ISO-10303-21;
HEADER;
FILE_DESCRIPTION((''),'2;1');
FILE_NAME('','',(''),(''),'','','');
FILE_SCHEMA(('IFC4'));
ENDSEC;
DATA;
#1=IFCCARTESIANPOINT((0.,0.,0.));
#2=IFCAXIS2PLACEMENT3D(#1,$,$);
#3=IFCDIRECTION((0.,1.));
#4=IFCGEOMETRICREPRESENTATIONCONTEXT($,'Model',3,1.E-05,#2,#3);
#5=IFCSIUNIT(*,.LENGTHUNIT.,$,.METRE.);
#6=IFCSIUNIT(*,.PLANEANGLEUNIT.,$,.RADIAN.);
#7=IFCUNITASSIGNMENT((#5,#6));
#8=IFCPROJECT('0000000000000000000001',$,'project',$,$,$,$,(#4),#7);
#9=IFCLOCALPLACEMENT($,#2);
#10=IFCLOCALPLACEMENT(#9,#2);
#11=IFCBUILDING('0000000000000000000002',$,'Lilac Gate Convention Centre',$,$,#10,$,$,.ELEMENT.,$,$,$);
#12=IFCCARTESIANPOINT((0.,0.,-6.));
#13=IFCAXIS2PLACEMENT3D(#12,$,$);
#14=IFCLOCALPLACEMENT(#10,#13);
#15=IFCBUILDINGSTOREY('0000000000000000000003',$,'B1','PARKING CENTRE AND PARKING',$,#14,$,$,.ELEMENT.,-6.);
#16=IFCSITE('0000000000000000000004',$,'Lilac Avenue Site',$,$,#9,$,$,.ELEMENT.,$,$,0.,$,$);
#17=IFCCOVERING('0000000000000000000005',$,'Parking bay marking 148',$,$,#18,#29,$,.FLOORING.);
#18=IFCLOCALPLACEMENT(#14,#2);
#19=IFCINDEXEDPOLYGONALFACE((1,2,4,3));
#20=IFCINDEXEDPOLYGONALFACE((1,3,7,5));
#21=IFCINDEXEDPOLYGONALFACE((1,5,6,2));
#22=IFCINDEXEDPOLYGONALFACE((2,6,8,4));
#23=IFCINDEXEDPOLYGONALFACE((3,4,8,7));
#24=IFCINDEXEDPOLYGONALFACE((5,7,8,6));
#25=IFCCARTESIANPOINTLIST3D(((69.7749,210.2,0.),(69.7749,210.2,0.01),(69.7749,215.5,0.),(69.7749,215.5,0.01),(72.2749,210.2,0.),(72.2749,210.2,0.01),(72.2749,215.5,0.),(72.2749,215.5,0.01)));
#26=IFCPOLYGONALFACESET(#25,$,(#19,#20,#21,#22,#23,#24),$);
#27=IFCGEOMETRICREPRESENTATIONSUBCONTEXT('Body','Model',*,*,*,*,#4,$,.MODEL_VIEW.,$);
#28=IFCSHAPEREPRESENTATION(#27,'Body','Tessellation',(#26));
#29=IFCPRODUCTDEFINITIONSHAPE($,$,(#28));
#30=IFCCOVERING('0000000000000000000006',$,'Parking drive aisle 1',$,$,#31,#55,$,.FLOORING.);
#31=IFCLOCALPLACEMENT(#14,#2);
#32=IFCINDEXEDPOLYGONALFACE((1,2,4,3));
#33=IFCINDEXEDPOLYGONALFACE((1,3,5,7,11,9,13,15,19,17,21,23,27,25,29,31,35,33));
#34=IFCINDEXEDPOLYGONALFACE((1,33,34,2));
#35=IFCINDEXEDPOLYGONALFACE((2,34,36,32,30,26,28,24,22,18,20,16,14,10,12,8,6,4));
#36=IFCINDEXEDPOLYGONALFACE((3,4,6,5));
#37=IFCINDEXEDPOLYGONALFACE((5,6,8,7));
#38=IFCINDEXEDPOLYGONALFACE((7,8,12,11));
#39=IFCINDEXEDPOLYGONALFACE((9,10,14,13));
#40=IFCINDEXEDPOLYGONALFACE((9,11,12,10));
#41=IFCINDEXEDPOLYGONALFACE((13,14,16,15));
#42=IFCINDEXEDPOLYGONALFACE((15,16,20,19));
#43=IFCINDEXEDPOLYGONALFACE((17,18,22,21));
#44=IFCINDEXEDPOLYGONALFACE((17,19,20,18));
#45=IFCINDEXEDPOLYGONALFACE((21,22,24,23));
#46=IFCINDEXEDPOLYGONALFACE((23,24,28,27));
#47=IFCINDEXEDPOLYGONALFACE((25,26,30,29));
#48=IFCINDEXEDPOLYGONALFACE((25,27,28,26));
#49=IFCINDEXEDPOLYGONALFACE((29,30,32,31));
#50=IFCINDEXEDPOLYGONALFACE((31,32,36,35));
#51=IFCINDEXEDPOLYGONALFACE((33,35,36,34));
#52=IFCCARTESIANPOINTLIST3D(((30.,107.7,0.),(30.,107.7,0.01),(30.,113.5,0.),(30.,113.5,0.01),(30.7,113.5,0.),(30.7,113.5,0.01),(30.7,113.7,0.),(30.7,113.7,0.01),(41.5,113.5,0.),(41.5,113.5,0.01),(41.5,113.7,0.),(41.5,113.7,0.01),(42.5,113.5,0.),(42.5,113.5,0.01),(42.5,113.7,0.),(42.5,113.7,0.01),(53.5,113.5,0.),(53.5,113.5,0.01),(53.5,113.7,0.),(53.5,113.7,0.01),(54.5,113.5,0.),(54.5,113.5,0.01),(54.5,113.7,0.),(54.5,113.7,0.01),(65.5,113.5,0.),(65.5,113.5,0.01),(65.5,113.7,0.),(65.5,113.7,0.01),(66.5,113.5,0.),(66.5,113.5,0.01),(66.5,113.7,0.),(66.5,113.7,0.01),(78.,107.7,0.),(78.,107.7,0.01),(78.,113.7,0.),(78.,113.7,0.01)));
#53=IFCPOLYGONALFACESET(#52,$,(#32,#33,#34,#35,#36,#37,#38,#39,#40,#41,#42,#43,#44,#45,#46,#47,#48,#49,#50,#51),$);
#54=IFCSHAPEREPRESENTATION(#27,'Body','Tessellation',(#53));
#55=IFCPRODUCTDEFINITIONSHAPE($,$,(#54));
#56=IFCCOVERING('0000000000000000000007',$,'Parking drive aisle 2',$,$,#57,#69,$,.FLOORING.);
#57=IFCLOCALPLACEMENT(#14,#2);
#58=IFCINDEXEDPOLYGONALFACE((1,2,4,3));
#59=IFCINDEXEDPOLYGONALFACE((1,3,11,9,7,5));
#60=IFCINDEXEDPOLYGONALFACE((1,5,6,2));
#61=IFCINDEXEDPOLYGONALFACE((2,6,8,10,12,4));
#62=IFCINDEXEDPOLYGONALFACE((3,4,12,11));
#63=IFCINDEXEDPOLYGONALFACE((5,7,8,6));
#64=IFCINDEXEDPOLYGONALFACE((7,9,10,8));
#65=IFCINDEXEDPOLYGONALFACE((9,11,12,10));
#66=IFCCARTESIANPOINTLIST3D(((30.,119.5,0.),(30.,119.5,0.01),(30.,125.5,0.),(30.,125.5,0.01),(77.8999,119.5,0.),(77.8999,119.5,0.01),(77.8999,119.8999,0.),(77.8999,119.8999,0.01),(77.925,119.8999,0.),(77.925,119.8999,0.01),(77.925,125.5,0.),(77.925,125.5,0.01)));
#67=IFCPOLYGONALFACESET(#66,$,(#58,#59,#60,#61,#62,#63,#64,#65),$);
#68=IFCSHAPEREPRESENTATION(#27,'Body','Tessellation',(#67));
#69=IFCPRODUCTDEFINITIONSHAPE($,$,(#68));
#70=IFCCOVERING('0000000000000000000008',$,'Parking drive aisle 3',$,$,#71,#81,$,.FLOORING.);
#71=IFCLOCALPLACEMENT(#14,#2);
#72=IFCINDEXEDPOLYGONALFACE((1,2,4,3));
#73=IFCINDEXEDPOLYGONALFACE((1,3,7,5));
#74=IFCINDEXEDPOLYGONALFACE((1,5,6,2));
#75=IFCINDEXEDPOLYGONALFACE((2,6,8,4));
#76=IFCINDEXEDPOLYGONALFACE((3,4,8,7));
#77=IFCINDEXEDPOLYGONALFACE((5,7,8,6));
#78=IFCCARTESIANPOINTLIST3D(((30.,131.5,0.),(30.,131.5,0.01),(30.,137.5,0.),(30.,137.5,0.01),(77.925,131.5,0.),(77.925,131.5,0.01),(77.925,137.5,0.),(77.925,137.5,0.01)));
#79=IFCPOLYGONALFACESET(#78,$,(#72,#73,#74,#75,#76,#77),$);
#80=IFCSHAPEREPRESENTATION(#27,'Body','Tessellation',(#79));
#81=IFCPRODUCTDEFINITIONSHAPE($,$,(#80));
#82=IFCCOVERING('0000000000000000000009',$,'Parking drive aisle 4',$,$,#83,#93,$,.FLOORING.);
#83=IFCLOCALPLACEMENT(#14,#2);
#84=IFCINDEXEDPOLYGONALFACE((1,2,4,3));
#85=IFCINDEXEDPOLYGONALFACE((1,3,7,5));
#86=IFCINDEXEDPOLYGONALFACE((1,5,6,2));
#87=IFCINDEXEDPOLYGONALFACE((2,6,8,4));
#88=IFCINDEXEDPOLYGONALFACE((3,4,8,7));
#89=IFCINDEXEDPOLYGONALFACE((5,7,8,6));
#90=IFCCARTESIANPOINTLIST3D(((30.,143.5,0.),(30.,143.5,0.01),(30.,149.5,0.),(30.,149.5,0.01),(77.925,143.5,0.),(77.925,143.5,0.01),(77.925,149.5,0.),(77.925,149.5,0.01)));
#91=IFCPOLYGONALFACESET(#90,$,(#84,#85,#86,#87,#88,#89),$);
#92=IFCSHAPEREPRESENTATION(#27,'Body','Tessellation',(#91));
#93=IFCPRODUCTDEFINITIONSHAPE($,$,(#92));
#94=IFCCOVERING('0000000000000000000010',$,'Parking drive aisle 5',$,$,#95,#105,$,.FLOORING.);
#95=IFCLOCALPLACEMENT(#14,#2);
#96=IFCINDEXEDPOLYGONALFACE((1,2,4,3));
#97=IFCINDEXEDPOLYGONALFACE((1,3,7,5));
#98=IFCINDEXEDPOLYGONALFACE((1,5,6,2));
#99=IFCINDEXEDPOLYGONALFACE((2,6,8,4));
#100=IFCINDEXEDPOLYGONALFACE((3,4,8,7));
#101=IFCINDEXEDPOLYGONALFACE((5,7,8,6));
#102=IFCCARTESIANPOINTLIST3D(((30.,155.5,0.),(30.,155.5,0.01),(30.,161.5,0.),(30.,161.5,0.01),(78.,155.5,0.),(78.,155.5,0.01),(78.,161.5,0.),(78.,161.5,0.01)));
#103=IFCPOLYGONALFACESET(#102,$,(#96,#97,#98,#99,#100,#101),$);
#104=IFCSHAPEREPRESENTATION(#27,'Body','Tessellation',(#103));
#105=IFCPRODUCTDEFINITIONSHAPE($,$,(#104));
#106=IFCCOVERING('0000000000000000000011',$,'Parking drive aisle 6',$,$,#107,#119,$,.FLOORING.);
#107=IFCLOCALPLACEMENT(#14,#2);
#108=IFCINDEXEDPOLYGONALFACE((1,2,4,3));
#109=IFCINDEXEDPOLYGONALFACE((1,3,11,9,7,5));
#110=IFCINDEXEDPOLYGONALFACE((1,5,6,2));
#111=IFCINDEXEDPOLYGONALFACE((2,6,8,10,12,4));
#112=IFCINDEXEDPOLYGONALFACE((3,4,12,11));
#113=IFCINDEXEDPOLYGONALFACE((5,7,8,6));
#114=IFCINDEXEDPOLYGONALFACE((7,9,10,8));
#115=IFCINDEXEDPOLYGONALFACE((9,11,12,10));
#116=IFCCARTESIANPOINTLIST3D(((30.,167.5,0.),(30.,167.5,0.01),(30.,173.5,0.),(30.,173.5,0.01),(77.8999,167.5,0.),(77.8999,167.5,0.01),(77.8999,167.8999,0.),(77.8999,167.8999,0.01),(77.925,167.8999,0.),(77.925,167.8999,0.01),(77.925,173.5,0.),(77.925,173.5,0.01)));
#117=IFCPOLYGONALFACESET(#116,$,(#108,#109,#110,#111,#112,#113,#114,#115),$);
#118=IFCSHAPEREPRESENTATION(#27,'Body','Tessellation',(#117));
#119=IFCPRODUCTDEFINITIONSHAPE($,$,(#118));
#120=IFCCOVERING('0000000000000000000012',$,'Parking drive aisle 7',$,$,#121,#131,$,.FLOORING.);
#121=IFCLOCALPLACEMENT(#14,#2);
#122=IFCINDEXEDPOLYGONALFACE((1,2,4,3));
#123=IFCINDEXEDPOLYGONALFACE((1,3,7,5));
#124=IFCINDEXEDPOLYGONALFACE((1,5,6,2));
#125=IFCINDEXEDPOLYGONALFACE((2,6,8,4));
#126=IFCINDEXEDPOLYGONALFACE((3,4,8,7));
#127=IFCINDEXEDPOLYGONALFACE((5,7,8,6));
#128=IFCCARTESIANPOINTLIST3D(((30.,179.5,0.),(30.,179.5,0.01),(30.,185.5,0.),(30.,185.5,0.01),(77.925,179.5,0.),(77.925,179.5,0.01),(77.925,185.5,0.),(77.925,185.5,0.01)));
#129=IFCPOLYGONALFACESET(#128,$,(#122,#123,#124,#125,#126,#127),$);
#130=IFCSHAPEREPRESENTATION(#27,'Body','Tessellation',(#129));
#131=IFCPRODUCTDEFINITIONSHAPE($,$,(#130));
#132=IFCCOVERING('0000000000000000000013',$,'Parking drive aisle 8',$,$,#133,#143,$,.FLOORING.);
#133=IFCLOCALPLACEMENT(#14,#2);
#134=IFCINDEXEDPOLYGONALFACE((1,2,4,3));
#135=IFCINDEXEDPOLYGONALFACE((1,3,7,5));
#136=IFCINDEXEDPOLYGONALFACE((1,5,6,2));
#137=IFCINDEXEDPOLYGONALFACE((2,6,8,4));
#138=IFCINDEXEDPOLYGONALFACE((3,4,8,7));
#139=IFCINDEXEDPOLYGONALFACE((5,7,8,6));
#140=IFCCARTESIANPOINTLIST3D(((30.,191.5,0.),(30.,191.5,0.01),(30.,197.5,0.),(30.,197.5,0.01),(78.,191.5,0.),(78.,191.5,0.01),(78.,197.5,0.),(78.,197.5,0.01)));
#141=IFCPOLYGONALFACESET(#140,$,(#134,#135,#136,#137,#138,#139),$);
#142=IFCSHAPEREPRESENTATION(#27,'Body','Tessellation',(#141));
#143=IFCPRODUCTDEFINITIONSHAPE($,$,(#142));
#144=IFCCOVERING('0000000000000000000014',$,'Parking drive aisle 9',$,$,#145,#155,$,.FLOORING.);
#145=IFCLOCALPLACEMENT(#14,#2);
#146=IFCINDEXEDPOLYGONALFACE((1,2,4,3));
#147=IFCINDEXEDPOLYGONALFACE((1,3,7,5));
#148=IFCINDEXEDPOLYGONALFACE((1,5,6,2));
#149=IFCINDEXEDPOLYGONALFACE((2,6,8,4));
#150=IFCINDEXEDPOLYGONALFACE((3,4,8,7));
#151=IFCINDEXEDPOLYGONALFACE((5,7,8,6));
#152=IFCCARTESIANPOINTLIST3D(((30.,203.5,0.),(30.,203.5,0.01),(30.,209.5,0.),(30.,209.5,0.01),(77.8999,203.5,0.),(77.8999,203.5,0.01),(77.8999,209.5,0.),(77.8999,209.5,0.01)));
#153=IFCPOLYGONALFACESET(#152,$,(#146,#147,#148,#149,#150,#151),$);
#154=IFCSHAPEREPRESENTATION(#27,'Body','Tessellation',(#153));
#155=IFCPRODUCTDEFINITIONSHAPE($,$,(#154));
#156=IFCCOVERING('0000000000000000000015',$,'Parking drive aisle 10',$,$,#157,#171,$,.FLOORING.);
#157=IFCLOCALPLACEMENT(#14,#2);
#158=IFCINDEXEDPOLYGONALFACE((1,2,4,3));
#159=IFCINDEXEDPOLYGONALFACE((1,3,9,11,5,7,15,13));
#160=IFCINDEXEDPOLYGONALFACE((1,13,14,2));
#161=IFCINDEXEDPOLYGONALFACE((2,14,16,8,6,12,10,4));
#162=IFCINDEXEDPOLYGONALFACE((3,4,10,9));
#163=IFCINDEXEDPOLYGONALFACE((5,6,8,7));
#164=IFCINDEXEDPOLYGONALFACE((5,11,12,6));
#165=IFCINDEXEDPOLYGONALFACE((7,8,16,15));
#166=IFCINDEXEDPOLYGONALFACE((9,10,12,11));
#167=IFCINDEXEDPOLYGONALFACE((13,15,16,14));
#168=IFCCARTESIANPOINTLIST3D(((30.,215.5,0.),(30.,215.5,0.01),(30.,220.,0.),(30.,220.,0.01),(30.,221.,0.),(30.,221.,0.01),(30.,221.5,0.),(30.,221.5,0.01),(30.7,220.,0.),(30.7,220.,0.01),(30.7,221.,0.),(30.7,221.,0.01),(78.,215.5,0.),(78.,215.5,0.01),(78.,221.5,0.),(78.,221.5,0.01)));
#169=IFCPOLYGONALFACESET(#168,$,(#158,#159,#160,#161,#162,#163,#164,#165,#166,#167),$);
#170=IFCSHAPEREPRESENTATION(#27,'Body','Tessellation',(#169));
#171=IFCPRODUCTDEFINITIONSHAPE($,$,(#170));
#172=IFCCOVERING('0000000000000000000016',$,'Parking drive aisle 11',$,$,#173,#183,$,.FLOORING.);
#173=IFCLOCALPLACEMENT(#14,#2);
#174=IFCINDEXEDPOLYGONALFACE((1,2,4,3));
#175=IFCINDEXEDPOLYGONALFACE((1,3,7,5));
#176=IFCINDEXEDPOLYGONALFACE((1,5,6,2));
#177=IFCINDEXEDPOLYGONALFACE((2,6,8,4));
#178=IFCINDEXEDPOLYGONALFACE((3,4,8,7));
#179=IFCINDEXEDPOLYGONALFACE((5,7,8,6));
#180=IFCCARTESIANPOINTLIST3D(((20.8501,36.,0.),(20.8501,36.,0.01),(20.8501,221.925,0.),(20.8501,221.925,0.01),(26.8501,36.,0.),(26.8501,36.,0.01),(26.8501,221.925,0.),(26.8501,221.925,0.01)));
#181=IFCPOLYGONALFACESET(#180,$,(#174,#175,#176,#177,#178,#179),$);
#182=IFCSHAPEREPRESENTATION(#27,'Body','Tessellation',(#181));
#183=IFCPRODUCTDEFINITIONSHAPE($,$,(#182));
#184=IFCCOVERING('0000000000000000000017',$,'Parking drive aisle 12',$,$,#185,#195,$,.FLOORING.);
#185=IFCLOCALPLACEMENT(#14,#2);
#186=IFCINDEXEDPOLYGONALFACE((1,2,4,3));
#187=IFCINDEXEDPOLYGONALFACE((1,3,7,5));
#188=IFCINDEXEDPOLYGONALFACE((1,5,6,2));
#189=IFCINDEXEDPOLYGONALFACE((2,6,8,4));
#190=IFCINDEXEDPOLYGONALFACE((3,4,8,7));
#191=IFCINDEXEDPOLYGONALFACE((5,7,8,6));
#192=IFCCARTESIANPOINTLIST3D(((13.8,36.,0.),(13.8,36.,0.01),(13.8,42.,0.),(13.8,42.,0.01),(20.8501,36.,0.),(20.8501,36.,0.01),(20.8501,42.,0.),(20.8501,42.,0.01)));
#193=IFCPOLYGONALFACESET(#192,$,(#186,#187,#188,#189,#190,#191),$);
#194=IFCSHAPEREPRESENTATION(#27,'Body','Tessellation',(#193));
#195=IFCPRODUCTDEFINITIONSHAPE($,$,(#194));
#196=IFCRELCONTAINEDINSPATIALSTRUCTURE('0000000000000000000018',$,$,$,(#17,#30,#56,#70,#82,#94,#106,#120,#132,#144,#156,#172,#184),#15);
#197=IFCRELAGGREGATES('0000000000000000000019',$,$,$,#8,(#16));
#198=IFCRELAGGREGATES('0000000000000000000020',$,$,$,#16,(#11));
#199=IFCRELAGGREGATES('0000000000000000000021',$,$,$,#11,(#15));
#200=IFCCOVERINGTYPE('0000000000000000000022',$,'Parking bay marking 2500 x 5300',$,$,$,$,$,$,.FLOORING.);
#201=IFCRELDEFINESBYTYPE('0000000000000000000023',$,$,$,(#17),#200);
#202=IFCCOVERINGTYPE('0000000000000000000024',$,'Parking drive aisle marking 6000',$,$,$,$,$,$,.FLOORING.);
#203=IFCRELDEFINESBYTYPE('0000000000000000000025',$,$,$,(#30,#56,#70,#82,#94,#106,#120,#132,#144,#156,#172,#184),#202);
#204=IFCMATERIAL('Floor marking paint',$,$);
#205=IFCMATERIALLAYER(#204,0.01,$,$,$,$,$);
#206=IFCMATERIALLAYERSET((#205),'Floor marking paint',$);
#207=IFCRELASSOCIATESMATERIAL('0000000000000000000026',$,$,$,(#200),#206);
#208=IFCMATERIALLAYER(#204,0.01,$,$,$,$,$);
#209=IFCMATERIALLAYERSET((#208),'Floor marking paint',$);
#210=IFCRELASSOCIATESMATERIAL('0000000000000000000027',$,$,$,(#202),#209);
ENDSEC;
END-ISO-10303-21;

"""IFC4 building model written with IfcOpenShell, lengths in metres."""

from ifc_helpers import new_model, si_unit, direction, frame, origin, place, context, subcontext, project, spatial, polyline, outline, extrude, material, layer, layer_set, type_object, element, save


model = new_model("IFC4")

# Units and contexts
model_context = context("Model", 3, precision=1e-05, world=origin(), true_north=direction((0.0, 1.0)))
body_context = subcontext(model_context, "Body", "Model", "MODEL_VIEW")
ifc_project = project(units=[si_unit("LENGTHUNIT", "METRE"), si_unit("PLANEANGLEUNIT", "RADIAN")], contexts=[model_context])

# Site, building, storey
site_placement = place(None, origin())
site = spatial("IfcSite", under=ifc_project, at=site_placement, Name="Lilac Avenue Site", CompositionType="ELEMENT", RefElevation=0.0)
building_placement = place(site_placement, origin())
building = spatial("IfcBuilding", under=site, at=building_placement, Name="Lilac Gate Convention Centre", CompositionType="ELEMENT")
storey_placement = place(building_placement, frame((0.0, 0.0, -6.0)))
storey = spatial("IfcBuildingStorey", under=building, at=storey_placement, Name="B1", Description="PARKING CENTRE AND PARKING", CompositionType="ELEMENT", Elevation=-6.0)

# Coverings
ifc_material_1 = material(Name="Floor marking paint")
ifc_layer_1 = layer(ifc_material_1, 0.01)
ifc_layer_set_1 = layer_set([ifc_layer_1], Name="Floor marking paint")
covering_type_1 = type_object("IfcCoveringType", Name="Parking bay marking 2500 x 5300", PredefinedType="FLOORING", material=ifc_layer_set_1)
covering_1_placement = place(storey_placement, origin())
element("IfcCovering", 1, at=covering_1_placement, inside=storey, type_object=covering_type_1, Name="Parking bay marking 148", PredefinedType="FLOORING", context=body_context, shape_type="SweptSolid", body=[
    extrude(outline(polyline([(69.7749, 210.2), (72.2749, 210.2), (72.2749, 215.5), (69.7749, 215.5), (69.7749, 210.2)])), origin(), (0.0, 0.0, 1.0), 0.01),
])
ifc_layer_2 = layer(ifc_material_1, 0.01)
ifc_layer_set_2 = layer_set([ifc_layer_2], Name="Floor marking paint")
covering_type_2 = type_object("IfcCoveringType", Name="Parking drive aisle marking 6000", PredefinedType="FLOORING", material=ifc_layer_set_2)
covering_2_placement = place(storey_placement, origin())
element("IfcCovering", 2, at=covering_2_placement, inside=storey, type_object=covering_type_2, Name="Parking drive aisle 1", PredefinedType="FLOORING", context=body_context, shape_type="SweptSolid", body=[
    extrude(outline(polyline([(30.0, 107.7), (30.0, 113.5), (30.7, 113.5), (30.7, 113.7), (41.5, 113.7), (41.5, 113.5), (42.5, 113.5), (42.5, 113.7), (53.5, 113.7), (53.5, 113.5), (54.5, 113.5), (54.5, 113.7), (65.5, 113.7), (65.5, 113.5), (66.5, 113.5), (66.5, 113.7), (78.0, 113.7), (78.0, 107.7), (30.0, 107.7)])), origin(), (0.0, 0.0, 1.0), 0.01),
])
covering_3_placement = place(storey_placement, origin())
element("IfcCovering", 3, at=covering_3_placement, inside=storey, type_object=covering_type_2, Name="Parking drive aisle 2", PredefinedType="FLOORING", context=body_context, shape_type="SweptSolid", body=[
    extrude(outline(polyline([(30.0, 119.5), (30.0, 125.5), (77.925, 125.5), (77.925, 119.8999), (77.8999, 119.8999), (77.8999, 119.5), (30.0, 119.5)])), origin(), (0.0, 0.0, 1.0), 0.01),
])
covering_4_placement = place(storey_placement, origin())
element("IfcCovering", 4, at=covering_4_placement, inside=storey, type_object=covering_type_2, Name="Parking drive aisle 3", PredefinedType="FLOORING", context=body_context, shape_type="SweptSolid", body=[
    extrude(outline(polyline([(30.0, 131.5), (30.0, 137.5), (77.925, 137.5), (77.925, 131.5), (30.0, 131.5)])), origin(), (0.0, 0.0, 1.0), 0.01),
])
covering_5_placement = place(storey_placement, origin())
element("IfcCovering", 5, at=covering_5_placement, inside=storey, type_object=covering_type_2, Name="Parking drive aisle 4", PredefinedType="FLOORING", context=body_context, shape_type="SweptSolid", body=[
    extrude(outline(polyline([(30.0, 143.5), (30.0, 149.5), (77.925, 149.5), (77.925, 143.5), (30.0, 143.5)])), origin(), (0.0, 0.0, 1.0), 0.01),
])
covering_6_placement = place(storey_placement, origin())
element("IfcCovering", 6, at=covering_6_placement, inside=storey, type_object=covering_type_2, Name="Parking drive aisle 5", PredefinedType="FLOORING", context=body_context, shape_type="SweptSolid", body=[
    extrude(outline(polyline([(30.0, 155.5), (30.0, 161.5), (78.0, 161.5), (78.0, 155.5), (30.0, 155.5)])), origin(), (0.0, 0.0, 1.0), 0.01),
])
covering_7_placement = place(storey_placement, origin())
element("IfcCovering", 7, at=covering_7_placement, inside=storey, type_object=covering_type_2, Name="Parking drive aisle 6", PredefinedType="FLOORING", context=body_context, shape_type="SweptSolid", body=[
    extrude(outline(polyline([(30.0, 167.5), (30.0, 173.5), (77.925, 173.5), (77.925, 167.8999), (77.8999, 167.8999), (77.8999, 167.5), (30.0, 167.5)])), origin(), (0.0, 0.0, 1.0), 0.01),
])
covering_8_placement = place(storey_placement, origin())
element("IfcCovering", 8, at=covering_8_placement, inside=storey, type_object=covering_type_2, Name="Parking drive aisle 7", PredefinedType="FLOORING", context=body_context, shape_type="SweptSolid", body=[
    extrude(outline(polyline([(30.0, 179.5), (30.0, 185.5), (77.925, 185.5), (77.925, 179.5), (30.0, 179.5)])), origin(), (0.0, 0.0, 1.0), 0.01),
])
covering_9_placement = place(storey_placement, origin())
element("IfcCovering", 9, at=covering_9_placement, inside=storey, type_object=covering_type_2, Name="Parking drive aisle 8", PredefinedType="FLOORING", context=body_context, shape_type="SweptSolid", body=[
    extrude(outline(polyline([(30.0, 191.5), (30.0, 197.5), (78.0, 197.5), (78.0, 191.5), (30.0, 191.5)])), origin(), (0.0, 0.0, 1.0), 0.01),
])
covering_10_placement = place(storey_placement, origin())
element("IfcCovering", 10, at=covering_10_placement, inside=storey, type_object=covering_type_2, Name="Parking drive aisle 9", PredefinedType="FLOORING", context=body_context, shape_type="SweptSolid", body=[
    extrude(outline(polyline([(30.0, 203.5), (30.0, 209.5), (77.8999, 209.5), (77.8999, 203.5), (30.0, 203.5)])), origin(), (0.0, 0.0, 1.0), 0.01),
])
covering_11_placement = place(storey_placement, origin())
element("IfcCovering", 11, at=covering_11_placement, inside=storey, type_object=covering_type_2, Name="Parking drive aisle 10", PredefinedType="FLOORING", context=body_context, shape_type="SweptSolid", body=[
    extrude(outline(polyline([(30.0, 215.5), (30.0, 220.0), (30.7, 220.0), (30.7, 221.0), (30.0, 221.0), (30.0, 221.5), (78.0, 221.5), (78.0, 215.5), (30.0, 215.5)])), origin(), (0.0, 0.0, 1.0), 0.01),
])
covering_12_placement = place(storey_placement, origin())
element("IfcCovering", 12, at=covering_12_placement, inside=storey, type_object=covering_type_2, Name="Parking drive aisle 11", PredefinedType="FLOORING", context=body_context, shape_type="SweptSolid", body=[
    extrude(outline(polyline([(20.8501, 36.0), (20.8501, 221.925), (26.8501, 221.925), (26.8501, 36.0), (20.8501, 36.0)])), origin(), (0.0, 0.0, 1.0), 0.01),
])
covering_13_placement = place(storey_placement, origin())
element("IfcCovering", 13, at=covering_13_placement, inside=storey, type_object=covering_type_2, Name="Parking drive aisle 12", PredefinedType="FLOORING", context=body_context, shape_type="SweptSolid", body=[
    extrude(outline(polyline([(20.8501, 36.0), (13.8, 36.0), (13.8, 42.0), (20.8501, 42.0), (20.8501, 36.0)])), origin(), (0.0, 0.0, 1.0), 0.01),
])

save(model, "model.ifc")
